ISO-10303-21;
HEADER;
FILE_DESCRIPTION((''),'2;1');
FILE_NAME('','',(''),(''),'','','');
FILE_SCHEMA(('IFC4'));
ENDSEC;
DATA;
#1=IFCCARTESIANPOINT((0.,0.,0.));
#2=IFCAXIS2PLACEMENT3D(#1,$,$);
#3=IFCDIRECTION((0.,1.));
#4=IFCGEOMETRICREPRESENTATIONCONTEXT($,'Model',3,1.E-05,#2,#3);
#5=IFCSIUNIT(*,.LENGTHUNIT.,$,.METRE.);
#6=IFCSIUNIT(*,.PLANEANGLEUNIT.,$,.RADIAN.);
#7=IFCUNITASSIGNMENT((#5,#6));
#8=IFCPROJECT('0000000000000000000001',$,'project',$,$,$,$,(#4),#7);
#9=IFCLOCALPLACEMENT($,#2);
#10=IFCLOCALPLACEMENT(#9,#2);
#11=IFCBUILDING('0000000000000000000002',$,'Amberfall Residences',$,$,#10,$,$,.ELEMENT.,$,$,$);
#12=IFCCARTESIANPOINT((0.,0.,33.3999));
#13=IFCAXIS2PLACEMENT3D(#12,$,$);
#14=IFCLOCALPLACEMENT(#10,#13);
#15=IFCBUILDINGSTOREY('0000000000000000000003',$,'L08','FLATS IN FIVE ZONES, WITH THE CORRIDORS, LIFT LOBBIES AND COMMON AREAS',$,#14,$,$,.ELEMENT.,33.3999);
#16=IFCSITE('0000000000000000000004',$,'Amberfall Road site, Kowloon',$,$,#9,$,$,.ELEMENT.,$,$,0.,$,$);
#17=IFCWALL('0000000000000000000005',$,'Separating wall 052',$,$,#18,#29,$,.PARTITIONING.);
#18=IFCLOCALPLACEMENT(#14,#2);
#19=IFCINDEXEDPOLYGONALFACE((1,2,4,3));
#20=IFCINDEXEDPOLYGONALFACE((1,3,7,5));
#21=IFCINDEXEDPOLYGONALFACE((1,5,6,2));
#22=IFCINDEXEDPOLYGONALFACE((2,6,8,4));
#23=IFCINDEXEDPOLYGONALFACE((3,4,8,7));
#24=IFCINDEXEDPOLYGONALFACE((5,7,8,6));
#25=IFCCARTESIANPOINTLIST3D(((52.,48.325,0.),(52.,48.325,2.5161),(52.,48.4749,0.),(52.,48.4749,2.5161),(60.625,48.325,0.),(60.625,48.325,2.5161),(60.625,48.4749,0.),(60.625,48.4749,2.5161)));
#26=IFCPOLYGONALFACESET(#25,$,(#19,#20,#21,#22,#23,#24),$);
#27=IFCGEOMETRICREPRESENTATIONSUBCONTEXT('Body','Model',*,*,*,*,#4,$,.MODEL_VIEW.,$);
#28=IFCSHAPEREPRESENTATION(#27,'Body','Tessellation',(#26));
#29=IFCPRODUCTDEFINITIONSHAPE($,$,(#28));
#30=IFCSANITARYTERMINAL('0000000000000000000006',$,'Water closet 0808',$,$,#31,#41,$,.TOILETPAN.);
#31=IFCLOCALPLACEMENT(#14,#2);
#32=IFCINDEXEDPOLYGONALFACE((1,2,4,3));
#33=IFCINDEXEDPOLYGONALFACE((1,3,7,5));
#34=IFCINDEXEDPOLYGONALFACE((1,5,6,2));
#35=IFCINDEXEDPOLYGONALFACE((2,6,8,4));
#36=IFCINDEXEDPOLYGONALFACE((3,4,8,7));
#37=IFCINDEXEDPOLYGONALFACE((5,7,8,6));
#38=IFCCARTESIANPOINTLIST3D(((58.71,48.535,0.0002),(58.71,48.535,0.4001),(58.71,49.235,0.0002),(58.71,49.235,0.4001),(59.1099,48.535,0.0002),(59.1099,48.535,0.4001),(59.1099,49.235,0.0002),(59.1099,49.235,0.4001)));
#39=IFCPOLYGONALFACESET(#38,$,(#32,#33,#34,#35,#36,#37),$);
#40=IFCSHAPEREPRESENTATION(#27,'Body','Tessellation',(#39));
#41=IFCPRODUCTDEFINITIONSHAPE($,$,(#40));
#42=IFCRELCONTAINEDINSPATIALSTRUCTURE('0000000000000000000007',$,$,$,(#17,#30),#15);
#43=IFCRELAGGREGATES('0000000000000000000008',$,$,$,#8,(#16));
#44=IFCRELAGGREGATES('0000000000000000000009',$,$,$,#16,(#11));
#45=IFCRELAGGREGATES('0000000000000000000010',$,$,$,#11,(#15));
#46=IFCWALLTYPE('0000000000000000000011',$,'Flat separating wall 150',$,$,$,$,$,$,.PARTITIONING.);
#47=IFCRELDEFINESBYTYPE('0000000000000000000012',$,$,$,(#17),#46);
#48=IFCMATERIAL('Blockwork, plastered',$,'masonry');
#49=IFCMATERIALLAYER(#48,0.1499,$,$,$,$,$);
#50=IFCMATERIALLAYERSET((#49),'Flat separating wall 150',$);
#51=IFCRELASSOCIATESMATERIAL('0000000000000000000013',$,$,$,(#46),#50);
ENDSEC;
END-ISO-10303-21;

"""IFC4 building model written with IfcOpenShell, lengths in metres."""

from ifc_helpers import new_model, si_unit, direction, frame, frame_2d, origin, origin_2d, place, context, subcontext, project, spatial, rectangle, extrude, material, layer, layer_set, type_object, element, save


model = new_model("IFC4")

# Units and contexts
model_context = context("Model", 3, precision=1e-05, world=origin(), true_north=direction((0.0, 1.0)))
body_context = subcontext(model_context, "Body", "Model", "MODEL_VIEW")
ifc_project = project(units=[si_unit("LENGTHUNIT", "METRE"), si_unit("PLANEANGLEUNIT", "RADIAN")], contexts=[model_context])

# Site, building, storey
site_placement = place(None, origin())
site = spatial("IfcSite", under=ifc_project, at=site_placement, Name="Amberfall Road site, Kowloon", CompositionType="ELEMENT", RefElevation=0.0)
building_placement = place(site_placement, origin())
building = spatial("IfcBuilding", under=site, at=building_placement, Name="Amberfall Residences", CompositionType="ELEMENT")
storey_placement = place(building_placement, frame((0.0, 0.0, 33.3999)))
storey = spatial("IfcBuildingStorey", under=building, at=storey_placement, Name="L08", Description="FLATS IN FIVE ZONES, WITH THE CORRIDORS, LIFT LOBBIES AND COMMON AREAS", CompositionType="ELEMENT", Elevation=33.3999)

# Wall
ifc_material_1 = material(Name="Blockwork, plastered", Category="masonry")
ifc_layer_1 = layer(ifc_material_1, 0.1499)
ifc_layer_set_1 = layer_set([ifc_layer_1], Name="Flat separating wall 150")
wall_type_1 = type_object("IfcWallType", Name="Flat separating wall 150", PredefinedType="PARTITIONING", material=ifc_layer_set_1)
wall_1_placement = place(storey_placement, frame((52.0, 48.3999, 0.0), z_axis=(0.0, 0.0, 1.0), x_axis=(1.0, 0.0, 0.0)))
element("IfcWall", 1, at=wall_1_placement, inside=storey, type_object=wall_type_1, Name="Separating wall 052", PredefinedType="PARTITIONING", context=body_context, shape_type="SweptSolid", body=[
    extrude(rectangle(XDim=8.625, YDim=0.1499, at=frame_2d((4.3125, 0.0))), origin(), (0.0, 0.0, 1.0), 2.5161),
])

# Sanitary terminal
sanitary_terminal_placement = place(storey_placement, frame((58.9099, 48.885, 0.0002), z_axis=(0.0, 0.0, 1.0), x_axis=(1.0, 0.0, 0.0)))
element("IfcSanitaryTerminal", 2, at=sanitary_terminal_placement, inside=storey, Name="Water closet 0808", PredefinedType="TOILETPAN", context=body_context, shape_type="SweptSolid", body=[
    extrude(rectangle(XDim=0.3999, YDim=0.7, at=origin_2d()), origin(), (0.0, 0.0, 1.0), 0.3999),
])

save(model, "model.ifc")
